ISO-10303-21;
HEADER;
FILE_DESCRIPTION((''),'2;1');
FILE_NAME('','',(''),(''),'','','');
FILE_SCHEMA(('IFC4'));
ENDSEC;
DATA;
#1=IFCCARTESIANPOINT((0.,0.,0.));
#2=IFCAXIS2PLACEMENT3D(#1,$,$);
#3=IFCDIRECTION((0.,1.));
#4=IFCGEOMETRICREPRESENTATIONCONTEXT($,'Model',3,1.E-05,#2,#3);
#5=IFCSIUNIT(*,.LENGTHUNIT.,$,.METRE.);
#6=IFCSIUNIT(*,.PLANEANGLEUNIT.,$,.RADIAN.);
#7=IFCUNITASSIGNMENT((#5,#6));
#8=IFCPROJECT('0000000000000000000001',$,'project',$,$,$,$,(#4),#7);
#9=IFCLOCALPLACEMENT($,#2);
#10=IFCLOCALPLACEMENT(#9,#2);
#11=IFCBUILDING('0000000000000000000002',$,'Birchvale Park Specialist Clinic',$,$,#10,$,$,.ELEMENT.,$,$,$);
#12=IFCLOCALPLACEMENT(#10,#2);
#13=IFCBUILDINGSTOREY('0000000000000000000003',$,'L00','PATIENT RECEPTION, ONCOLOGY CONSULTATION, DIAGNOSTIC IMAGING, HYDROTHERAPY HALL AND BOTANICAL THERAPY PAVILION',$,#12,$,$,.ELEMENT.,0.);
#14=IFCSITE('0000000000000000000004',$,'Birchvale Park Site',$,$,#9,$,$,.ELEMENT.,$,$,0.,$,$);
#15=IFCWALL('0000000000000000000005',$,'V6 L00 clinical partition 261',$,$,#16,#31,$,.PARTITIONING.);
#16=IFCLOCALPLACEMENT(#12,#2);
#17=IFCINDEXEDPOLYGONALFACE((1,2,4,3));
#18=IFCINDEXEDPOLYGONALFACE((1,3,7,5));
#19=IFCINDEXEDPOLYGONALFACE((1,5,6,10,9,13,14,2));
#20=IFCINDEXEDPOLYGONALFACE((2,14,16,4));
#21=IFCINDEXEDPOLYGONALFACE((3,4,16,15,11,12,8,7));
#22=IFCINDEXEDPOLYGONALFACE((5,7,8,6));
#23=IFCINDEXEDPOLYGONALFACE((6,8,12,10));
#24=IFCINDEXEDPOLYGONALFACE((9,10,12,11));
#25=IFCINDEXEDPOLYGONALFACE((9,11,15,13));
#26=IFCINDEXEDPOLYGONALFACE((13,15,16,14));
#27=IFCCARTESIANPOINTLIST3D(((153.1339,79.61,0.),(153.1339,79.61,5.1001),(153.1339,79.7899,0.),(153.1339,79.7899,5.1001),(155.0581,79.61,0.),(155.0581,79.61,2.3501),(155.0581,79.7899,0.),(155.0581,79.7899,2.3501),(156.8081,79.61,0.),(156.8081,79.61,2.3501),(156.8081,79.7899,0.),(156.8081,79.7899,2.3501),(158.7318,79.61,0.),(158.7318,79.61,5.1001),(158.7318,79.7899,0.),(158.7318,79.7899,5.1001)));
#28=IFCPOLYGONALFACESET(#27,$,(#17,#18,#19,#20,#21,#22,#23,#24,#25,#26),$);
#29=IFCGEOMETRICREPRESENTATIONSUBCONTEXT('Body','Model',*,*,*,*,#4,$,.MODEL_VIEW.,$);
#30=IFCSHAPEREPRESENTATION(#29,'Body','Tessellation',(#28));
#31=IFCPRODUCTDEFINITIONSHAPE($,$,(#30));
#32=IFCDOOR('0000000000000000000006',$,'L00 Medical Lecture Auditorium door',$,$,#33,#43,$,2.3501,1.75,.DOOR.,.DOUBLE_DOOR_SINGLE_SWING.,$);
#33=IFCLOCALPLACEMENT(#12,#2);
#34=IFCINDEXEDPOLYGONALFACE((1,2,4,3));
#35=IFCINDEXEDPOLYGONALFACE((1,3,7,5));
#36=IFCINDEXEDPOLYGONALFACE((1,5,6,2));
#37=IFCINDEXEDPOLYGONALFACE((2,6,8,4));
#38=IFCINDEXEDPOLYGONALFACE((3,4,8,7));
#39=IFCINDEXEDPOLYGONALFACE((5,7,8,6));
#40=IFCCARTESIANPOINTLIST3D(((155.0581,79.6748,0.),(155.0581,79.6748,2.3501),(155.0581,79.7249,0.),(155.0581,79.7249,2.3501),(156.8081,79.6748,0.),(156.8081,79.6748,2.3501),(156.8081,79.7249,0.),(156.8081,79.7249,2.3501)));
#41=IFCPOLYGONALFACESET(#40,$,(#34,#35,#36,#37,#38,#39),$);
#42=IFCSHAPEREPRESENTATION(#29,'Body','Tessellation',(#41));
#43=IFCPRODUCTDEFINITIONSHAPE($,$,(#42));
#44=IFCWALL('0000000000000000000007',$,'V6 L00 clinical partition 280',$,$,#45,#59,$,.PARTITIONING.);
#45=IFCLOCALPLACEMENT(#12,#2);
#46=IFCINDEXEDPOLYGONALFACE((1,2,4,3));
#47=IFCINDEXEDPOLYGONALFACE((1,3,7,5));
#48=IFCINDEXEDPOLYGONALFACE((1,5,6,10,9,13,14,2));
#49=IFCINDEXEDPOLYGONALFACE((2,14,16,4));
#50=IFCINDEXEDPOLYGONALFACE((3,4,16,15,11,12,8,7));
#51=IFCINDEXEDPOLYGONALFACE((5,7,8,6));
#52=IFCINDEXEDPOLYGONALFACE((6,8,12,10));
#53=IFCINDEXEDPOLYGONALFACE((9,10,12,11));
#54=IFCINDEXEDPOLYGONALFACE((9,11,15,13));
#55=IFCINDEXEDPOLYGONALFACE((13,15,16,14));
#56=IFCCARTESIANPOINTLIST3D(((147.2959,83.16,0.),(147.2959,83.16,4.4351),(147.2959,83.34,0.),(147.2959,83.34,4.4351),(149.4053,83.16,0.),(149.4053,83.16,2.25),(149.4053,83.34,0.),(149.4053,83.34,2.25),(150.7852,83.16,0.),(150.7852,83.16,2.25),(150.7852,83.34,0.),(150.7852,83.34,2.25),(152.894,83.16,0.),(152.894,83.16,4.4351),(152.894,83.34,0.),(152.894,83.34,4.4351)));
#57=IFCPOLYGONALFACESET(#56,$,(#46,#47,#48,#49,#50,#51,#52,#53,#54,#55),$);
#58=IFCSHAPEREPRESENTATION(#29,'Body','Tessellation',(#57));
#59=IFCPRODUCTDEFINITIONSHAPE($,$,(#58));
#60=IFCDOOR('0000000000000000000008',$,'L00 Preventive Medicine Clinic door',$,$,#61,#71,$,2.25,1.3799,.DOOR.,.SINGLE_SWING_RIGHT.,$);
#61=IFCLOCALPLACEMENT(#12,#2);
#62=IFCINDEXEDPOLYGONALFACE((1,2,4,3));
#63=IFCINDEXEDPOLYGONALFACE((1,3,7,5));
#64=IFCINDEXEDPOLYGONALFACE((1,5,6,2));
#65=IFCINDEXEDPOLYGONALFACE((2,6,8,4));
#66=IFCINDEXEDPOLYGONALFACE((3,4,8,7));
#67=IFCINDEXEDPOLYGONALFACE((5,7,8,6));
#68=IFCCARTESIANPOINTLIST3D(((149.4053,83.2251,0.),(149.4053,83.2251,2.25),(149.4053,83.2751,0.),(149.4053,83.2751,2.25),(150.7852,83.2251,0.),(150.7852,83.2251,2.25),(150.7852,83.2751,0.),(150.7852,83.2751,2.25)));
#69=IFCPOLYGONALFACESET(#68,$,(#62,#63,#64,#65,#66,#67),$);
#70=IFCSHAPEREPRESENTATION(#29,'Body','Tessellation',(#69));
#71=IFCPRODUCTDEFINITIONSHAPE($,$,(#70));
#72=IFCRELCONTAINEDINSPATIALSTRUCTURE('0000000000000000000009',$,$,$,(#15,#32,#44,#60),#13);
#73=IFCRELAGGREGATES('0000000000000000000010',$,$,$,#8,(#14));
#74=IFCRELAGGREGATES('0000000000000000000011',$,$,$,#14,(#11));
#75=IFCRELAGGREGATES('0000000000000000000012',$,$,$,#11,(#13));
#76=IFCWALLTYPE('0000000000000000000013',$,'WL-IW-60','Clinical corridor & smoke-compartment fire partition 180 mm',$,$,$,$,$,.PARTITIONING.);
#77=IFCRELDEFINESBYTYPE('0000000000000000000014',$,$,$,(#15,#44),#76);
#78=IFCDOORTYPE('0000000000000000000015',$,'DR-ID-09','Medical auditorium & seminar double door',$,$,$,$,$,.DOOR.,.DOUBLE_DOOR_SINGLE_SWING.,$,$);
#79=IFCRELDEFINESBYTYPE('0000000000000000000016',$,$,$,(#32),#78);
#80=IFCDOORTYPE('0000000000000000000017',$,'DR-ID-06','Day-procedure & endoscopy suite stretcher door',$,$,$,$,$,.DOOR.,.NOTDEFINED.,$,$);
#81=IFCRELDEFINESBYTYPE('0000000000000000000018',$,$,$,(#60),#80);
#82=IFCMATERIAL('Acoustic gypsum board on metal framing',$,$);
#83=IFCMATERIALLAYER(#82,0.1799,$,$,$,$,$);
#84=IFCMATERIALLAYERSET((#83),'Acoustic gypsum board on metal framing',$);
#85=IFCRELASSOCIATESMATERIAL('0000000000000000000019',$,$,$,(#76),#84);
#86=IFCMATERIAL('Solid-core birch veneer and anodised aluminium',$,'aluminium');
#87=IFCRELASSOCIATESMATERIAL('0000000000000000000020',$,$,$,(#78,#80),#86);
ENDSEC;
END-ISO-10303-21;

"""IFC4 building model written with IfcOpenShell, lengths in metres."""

from ifc_helpers import new_model, si_unit, direction, frame, frame_2d, origin, place, context, subcontext, project, spatial, rectangle, extrude, material, layer, layer_set, type_object, element, fill, save


model = new_model("IFC4")

# Units and contexts
model_context = context("Model", 3, precision=1e-05, world=origin(), true_north=direction((0.0, 1.0)))
body_context = subcontext(model_context, "Body", "Model", "MODEL_VIEW")
ifc_project = project(units=[si_unit("LENGTHUNIT", "METRE"), si_unit("PLANEANGLEUNIT", "RADIAN")], contexts=[model_context])

# Site, building, storey
site_placement = place(None, origin())
site = spatial("IfcSite", under=ifc_project, at=site_placement, Name="Birchvale Park Site", CompositionType="ELEMENT", RefElevation=0.0)
building_placement = place(site_placement, origin())
building = spatial("IfcBuilding", under=site, at=building_placement, Name="Birchvale Park Specialist Clinic", CompositionType="ELEMENT")
storey_placement = place(building_placement, origin())
storey = spatial("IfcBuildingStorey", under=building, at=storey_placement, Name="L00", Description="PATIENT RECEPTION, ONCOLOGY CONSULTATION, DIAGNOSTIC IMAGING, HYDROTHERAPY HALL AND BOTANICAL THERAPY PAVILION", CompositionType="ELEMENT", Elevation=0.0)

# Shared definitions
ifc_material_1 = material(Name="Acoustic gypsum board on metal framing")

# Walls, openings, doors
ifc_layer_1 = layer(ifc_material_1, 0.1799)
ifc_layer_set_1 = layer_set([ifc_layer_1], Name="Acoustic gypsum board on metal framing")
wall_type_1 = type_object("IfcWallType", Name="WL-IW-60", Description="Clinical corridor & smoke-compartment fire partition 180 mm", PredefinedType="PARTITIONING", material=ifc_layer_set_1)
ifc_material_2 = material(Name="Solid-core birch veneer and anodised aluminium", Category="aluminium")
door_type_1 = type_object("IfcDoorType", Name="DR-ID-09", Description="Medical auditorium & seminar double door", OperationType="DOUBLE_DOOR_SINGLE_SWING", PredefinedType="DOOR", material=ifc_material_2)
wall_1_placement = place(storey_placement, frame((153.134, 79.7, 0.0), z_axis=(0.0, 0.0, 1.0), x_axis=(1.0, 0.0, 0.0)))
wall_1 = element("IfcWall", 1, at=wall_1_placement, inside=storey, type_object=wall_type_1, Name="V6 L00 clinical partition 261", PredefinedType="PARTITIONING", context=body_context, shape_type="SweptSolid", body=[
    extrude(rectangle(XDim=5.5979, YDim=0.1799, at=frame_2d((2.7988, 0.0))), origin(), (0.0, 0.0, 1.0), 5.1001),
])
opening_1_placement = place(wall_1_placement, frame((1.9241, 0.0, 0.0)))
opening_1 = element("IfcOpeningElement", 2, at=opening_1_placement, cuts=wall_1, PredefinedType="OPENING", context=body_context, shape_type="SweptSolid", body=[
    extrude(rectangle(XDim=1.75, YDim=2.3501, at=frame_2d((0.875, 1.175))), frame((0.0, 0.1001, 0.0), z_axis=(0.0, -1.0, 0.0), x_axis=(1.0, 0.0, 0.0)), (0.0, 0.0, 1.0), 0.2),
])
door_1_placement = place(opening_1_placement, origin())
door_1 = element("IfcDoor", 3, at=door_1_placement, inside=storey, type_object=door_type_1, Name="L00 Medical Lecture Auditorium door", OperationType="DOUBLE_DOOR_SINGLE_SWING", OverallHeight=2.3501, OverallWidth=1.75, PredefinedType="DOOR", context=body_context, shape_type="SweptSolid", body=[
    extrude(rectangle(XDim=1.75, YDim=2.3501, at=frame_2d((0.875, 1.175))), frame((0.0, 0.0249, 0.0), z_axis=(0.0, -1.0, 0.0), x_axis=(1.0, 0.0, 0.0)), (0.0, 0.0, 1.0), 0.05),
])
fill(opening_1, door_1)
wall_2_placement = place(storey_placement, frame((152.894, 83.25, 0.0), z_axis=(0.0, 0.0, 1.0), x_axis=(-1.0, 0.0, 0.0)))
wall_2 = element("IfcWall", 4, at=wall_2_placement, inside=storey, type_object=wall_type_1, Name="V6 L00 clinical partition 280", PredefinedType="PARTITIONING", context=body_context, shape_type="SweptSolid", body=[
    extrude(rectangle(XDim=5.5981, YDim=0.1799, at=frame_2d((2.7991, 0.0))), origin(), (0.0, 0.0, 1.0), 4.4351),
])
opening_2_placement = place(wall_2_placement, frame((2.1089, 0.0, 0.0)))
opening_2 = element("IfcOpeningElement", 5, at=opening_2_placement, cuts=wall_2, PredefinedType="OPENING", context=body_context, shape_type="SweptSolid", body=[
    extrude(rectangle(XDim=1.3799, YDim=2.25, at=frame_2d((0.6899, 1.125))), frame((0.0, 0.1001, 0.0), z_axis=(0.0, -1.0, 0.0), x_axis=(1.0, 0.0, 0.0)), (0.0, 0.0, 1.0), 0.2),
])
door_type_2 = type_object("IfcDoorType", Name="DR-ID-06", Description="Day-procedure & endoscopy suite stretcher door", OperationType="NOTDEFINED", PredefinedType="DOOR", material=ifc_material_2)
door_2_placement = place(opening_2_placement, origin())
door_2 = element("IfcDoor", 6, at=door_2_placement, inside=storey, type_object=door_type_2, Name="L00 Preventive Medicine Clinic door", OperationType="SINGLE_SWING_RIGHT", OverallHeight=2.25, OverallWidth=1.3799, PredefinedType="DOOR", context=body_context, shape_type="SweptSolid", body=[
    extrude(rectangle(XDim=1.3799, YDim=2.25, at=frame_2d((0.6899, 1.125))), frame((0.0, 0.0249, 0.0), z_axis=(0.0, -1.0, 0.0), x_axis=(1.0, 0.0, 0.0)), (0.0, 0.0, 1.0), 0.05),
])
fill(opening_2, door_2)

save(model, "model.ifc")
